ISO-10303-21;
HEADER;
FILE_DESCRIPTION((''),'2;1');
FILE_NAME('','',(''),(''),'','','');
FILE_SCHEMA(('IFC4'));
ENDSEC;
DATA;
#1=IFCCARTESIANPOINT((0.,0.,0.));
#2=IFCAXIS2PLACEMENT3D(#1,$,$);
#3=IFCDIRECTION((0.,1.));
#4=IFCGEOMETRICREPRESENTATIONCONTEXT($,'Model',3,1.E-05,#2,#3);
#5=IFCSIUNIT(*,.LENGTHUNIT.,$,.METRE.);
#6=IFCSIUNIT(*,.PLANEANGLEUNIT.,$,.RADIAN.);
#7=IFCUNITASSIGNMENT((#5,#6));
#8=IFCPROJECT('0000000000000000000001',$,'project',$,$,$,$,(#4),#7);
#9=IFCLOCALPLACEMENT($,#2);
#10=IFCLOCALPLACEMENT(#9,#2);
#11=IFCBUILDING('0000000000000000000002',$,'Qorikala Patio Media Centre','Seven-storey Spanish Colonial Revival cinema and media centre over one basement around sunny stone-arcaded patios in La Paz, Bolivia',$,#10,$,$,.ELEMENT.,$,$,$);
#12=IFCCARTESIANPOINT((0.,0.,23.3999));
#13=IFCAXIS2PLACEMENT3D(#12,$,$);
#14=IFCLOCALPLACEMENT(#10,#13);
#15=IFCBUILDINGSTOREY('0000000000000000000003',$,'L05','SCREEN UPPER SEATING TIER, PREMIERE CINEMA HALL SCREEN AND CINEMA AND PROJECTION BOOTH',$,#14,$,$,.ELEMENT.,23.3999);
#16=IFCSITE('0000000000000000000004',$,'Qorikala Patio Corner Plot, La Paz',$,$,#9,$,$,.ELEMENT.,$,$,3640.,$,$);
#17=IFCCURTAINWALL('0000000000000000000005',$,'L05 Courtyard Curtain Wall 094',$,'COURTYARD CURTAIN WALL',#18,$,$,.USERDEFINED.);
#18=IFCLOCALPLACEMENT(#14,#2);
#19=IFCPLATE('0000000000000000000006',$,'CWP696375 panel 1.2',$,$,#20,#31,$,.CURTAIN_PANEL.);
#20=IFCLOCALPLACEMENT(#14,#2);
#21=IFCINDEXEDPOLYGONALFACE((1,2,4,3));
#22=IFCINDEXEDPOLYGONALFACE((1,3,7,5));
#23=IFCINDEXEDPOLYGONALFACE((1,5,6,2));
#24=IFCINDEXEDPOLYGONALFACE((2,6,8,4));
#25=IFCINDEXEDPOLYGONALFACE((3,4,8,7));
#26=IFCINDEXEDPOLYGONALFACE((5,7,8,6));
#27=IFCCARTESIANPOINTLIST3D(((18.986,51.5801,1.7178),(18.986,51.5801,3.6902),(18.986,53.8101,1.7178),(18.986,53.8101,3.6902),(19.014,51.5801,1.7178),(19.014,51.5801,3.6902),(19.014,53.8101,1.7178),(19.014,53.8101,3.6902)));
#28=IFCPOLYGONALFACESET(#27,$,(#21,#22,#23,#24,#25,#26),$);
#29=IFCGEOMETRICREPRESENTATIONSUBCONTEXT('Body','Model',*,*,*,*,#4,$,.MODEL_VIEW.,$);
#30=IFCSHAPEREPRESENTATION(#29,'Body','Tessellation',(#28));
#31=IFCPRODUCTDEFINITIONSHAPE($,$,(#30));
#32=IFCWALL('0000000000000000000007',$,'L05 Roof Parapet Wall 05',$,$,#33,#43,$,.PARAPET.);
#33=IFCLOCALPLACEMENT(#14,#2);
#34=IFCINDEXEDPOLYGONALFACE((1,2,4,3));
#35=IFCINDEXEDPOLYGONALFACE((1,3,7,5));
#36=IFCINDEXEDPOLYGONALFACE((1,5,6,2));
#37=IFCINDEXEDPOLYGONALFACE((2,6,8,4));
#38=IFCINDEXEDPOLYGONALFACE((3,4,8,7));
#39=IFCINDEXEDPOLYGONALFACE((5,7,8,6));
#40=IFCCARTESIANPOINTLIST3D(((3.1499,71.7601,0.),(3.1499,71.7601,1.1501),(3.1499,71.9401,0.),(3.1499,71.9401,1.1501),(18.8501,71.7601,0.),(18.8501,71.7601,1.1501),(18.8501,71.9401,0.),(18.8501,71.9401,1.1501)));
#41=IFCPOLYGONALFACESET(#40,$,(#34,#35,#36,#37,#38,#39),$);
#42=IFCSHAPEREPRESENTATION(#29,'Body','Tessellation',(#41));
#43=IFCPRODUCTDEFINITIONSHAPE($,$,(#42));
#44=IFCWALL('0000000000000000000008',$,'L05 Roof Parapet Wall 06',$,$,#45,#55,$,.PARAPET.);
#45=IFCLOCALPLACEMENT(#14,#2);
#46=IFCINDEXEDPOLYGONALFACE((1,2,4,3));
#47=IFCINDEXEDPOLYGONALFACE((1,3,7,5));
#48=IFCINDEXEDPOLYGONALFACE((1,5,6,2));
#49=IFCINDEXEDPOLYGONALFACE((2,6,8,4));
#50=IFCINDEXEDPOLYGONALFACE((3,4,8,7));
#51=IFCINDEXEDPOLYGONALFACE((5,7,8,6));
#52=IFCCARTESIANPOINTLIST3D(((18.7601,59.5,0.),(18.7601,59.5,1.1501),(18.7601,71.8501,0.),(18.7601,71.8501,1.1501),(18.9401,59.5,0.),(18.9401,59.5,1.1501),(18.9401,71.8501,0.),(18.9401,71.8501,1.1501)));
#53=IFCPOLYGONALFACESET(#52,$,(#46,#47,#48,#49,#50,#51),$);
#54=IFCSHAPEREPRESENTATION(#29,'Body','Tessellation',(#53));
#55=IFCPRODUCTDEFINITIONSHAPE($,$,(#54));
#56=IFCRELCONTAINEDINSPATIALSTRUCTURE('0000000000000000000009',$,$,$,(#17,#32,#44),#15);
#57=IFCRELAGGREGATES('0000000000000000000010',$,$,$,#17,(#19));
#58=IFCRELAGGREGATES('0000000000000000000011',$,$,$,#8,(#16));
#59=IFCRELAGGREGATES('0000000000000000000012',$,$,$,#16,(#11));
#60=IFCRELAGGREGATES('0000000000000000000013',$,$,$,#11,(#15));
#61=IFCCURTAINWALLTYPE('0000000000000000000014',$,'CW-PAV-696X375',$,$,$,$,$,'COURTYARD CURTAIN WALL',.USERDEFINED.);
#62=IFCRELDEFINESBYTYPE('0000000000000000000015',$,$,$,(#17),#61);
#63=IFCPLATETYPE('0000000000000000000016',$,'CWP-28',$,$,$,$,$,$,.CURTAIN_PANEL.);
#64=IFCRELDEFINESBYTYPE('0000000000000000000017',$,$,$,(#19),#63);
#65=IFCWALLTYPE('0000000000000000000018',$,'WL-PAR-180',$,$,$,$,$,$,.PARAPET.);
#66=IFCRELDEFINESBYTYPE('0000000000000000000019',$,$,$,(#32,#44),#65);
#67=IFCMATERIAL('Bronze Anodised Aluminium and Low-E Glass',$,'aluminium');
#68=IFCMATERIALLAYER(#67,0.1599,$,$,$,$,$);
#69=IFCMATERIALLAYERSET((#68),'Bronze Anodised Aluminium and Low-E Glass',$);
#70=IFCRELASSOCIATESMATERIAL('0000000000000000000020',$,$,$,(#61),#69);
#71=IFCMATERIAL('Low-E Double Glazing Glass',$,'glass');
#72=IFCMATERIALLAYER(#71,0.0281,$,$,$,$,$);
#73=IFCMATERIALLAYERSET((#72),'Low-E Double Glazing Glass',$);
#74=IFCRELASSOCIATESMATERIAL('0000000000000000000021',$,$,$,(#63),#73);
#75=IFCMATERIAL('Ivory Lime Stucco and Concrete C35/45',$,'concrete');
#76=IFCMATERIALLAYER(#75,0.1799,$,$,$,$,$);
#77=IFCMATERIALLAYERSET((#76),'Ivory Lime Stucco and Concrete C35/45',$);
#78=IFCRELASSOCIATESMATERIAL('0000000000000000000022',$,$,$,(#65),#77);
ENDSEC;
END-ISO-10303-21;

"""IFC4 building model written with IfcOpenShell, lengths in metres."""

from ifc_helpers import new_model, si_unit, direction, frame, frame_2d, origin, origin_2d, place, context, subcontext, project, spatial, rectangle, extrude, material, layer, layer_set, type_object, element, aggregate, save


model = new_model("IFC4")

# Units and contexts
model_context = context("Model", 3, precision=1e-05, world=origin(), true_north=direction((0.0, 1.0)))
body_context = subcontext(model_context, "Body", "Model", "MODEL_VIEW")
ifc_project = project(units=[si_unit("LENGTHUNIT", "METRE"), si_unit("PLANEANGLEUNIT", "RADIAN")], contexts=[model_context])

# Site, building, storey
site_placement = place(None, origin())
site = spatial("IfcSite", under=ifc_project, at=site_placement, Name="Qorikala Patio Corner Plot, La Paz", CompositionType="ELEMENT", RefElevation=3640.0)
building_placement = place(site_placement, origin())
building = spatial("IfcBuilding", under=site, at=building_placement, Name="Qorikala Patio Media Centre", Description="Seven-storey Spanish Colonial Revival cinema and media centre over one basement around sunny stone-arcaded patios in La Paz, Bolivia", CompositionType="ELEMENT")
storey_placement = place(building_placement, frame((0.0, 0.0, 23.3999)))
storey = spatial("IfcBuildingStorey", under=building, at=storey_placement, Name="L05", Description="SCREEN UPPER SEATING TIER, PREMIERE CINEMA HALL SCREEN AND CINEMA AND PROJECTION BOOTH", CompositionType="ELEMENT", Elevation=23.3999)

# Shared definitions
ifc_material_1 = material(Name="Bronze Anodised Aluminium and Low-E Glass", Category="aluminium")
ifc_layer_1 = layer(ifc_material_1, 0.1599)
ifc_layer_set_1 = layer_set([ifc_layer_1], Name="Bronze Anodised Aluminium and Low-E Glass")
curtain_wall_type = type_object("IfcCurtainWallType", Name="CW-PAV-696X375", ElementType="COURTYARD CURTAIN WALL", PredefinedType="USERDEFINED", material=ifc_layer_set_1)

# Curtain wall
curtain_wall_1_placement = place(storey_placement, origin())
curtain_wall_1 = element("IfcCurtainWall", 1, at=curtain_wall_1_placement, inside=storey, type_object=curtain_wall_type, Name="L05 Courtyard Curtain Wall 094", ObjectType="COURTYARD CURTAIN WALL", PredefinedType="USERDEFINED")

# Plate
ifc_material_2 = material(Name="Low-E Double Glazing Glass", Category="glass")
ifc_layer_2 = layer(ifc_material_2, 0.0281)
ifc_layer_set_2 = layer_set([ifc_layer_2], Name="Low-E Double Glazing Glass")
plate_type = type_object("IfcPlateType", Name="CWP-28", PredefinedType="CURTAIN_PANEL", material=ifc_layer_set_2)
plate_1_placement = place(storey_placement, frame((19.0, 52.6951, 1.7178), z_axis=(0.0, 0.0, 1.0), x_axis=(0.0, 1.0, 0.0)))
plate_1 = element("IfcPlate", 2, at=plate_1_placement, type_object=plate_type, Name="CWP696375 panel 1.2", PredefinedType="CURTAIN_PANEL", context=body_context, shape_type="SweptSolid", body=[
    extrude(rectangle(XDim=2.23, YDim=0.0281, at=origin_2d()), origin(), (0.0, 0.0, 1.0), 1.9724),
])
aggregate(curtain_wall_1, [plate_1])

# Walls
ifc_material_3 = material(Name="Ivory Lime Stucco and Concrete C35/45", Category="concrete")
ifc_layer_3 = layer(ifc_material_3, 0.1799)
ifc_layer_set_3 = layer_set([ifc_layer_3], Name="Ivory Lime Stucco and Concrete C35/45")
wall_type = type_object("IfcWallType", Name="WL-PAR-180", PredefinedType="PARAPET", material=ifc_layer_set_3)
wall_1_placement = place(storey_placement, frame((3.1499, 71.8501, 0.0), z_axis=(0.0, 0.0, 1.0), x_axis=(1.0, 0.0, 0.0)))
element("IfcWall", 3, at=wall_1_placement, inside=storey, type_object=wall_type, Name="L05 Roof Parapet Wall 05", PredefinedType="PARAPET", context=body_context, shape_type="SweptSolid", body=[
    extrude(rectangle(XDim=15.7002, YDim=0.1799, at=frame_2d((7.8501, 0.0))), origin(), (0.0, 0.0, 1.0), 1.1501),
])
wall_2_placement = place(storey_placement, frame((18.8501, 59.5, 0.0), z_axis=(0.0, 0.0, 1.0), x_axis=(0.0, 1.0, 0.0)))
element("IfcWall", 4, at=wall_2_placement, inside=storey, type_object=wall_type, Name="L05 Roof Parapet Wall 06", PredefinedType="PARAPET", context=body_context, shape_type="SweptSolid", body=[
    extrude(rectangle(XDim=12.3501, YDim=0.1799, at=frame_2d((6.175, 0.0))), origin(), (0.0, 0.0, 1.0), 1.1501),
])

save(model, "model.ifc")
